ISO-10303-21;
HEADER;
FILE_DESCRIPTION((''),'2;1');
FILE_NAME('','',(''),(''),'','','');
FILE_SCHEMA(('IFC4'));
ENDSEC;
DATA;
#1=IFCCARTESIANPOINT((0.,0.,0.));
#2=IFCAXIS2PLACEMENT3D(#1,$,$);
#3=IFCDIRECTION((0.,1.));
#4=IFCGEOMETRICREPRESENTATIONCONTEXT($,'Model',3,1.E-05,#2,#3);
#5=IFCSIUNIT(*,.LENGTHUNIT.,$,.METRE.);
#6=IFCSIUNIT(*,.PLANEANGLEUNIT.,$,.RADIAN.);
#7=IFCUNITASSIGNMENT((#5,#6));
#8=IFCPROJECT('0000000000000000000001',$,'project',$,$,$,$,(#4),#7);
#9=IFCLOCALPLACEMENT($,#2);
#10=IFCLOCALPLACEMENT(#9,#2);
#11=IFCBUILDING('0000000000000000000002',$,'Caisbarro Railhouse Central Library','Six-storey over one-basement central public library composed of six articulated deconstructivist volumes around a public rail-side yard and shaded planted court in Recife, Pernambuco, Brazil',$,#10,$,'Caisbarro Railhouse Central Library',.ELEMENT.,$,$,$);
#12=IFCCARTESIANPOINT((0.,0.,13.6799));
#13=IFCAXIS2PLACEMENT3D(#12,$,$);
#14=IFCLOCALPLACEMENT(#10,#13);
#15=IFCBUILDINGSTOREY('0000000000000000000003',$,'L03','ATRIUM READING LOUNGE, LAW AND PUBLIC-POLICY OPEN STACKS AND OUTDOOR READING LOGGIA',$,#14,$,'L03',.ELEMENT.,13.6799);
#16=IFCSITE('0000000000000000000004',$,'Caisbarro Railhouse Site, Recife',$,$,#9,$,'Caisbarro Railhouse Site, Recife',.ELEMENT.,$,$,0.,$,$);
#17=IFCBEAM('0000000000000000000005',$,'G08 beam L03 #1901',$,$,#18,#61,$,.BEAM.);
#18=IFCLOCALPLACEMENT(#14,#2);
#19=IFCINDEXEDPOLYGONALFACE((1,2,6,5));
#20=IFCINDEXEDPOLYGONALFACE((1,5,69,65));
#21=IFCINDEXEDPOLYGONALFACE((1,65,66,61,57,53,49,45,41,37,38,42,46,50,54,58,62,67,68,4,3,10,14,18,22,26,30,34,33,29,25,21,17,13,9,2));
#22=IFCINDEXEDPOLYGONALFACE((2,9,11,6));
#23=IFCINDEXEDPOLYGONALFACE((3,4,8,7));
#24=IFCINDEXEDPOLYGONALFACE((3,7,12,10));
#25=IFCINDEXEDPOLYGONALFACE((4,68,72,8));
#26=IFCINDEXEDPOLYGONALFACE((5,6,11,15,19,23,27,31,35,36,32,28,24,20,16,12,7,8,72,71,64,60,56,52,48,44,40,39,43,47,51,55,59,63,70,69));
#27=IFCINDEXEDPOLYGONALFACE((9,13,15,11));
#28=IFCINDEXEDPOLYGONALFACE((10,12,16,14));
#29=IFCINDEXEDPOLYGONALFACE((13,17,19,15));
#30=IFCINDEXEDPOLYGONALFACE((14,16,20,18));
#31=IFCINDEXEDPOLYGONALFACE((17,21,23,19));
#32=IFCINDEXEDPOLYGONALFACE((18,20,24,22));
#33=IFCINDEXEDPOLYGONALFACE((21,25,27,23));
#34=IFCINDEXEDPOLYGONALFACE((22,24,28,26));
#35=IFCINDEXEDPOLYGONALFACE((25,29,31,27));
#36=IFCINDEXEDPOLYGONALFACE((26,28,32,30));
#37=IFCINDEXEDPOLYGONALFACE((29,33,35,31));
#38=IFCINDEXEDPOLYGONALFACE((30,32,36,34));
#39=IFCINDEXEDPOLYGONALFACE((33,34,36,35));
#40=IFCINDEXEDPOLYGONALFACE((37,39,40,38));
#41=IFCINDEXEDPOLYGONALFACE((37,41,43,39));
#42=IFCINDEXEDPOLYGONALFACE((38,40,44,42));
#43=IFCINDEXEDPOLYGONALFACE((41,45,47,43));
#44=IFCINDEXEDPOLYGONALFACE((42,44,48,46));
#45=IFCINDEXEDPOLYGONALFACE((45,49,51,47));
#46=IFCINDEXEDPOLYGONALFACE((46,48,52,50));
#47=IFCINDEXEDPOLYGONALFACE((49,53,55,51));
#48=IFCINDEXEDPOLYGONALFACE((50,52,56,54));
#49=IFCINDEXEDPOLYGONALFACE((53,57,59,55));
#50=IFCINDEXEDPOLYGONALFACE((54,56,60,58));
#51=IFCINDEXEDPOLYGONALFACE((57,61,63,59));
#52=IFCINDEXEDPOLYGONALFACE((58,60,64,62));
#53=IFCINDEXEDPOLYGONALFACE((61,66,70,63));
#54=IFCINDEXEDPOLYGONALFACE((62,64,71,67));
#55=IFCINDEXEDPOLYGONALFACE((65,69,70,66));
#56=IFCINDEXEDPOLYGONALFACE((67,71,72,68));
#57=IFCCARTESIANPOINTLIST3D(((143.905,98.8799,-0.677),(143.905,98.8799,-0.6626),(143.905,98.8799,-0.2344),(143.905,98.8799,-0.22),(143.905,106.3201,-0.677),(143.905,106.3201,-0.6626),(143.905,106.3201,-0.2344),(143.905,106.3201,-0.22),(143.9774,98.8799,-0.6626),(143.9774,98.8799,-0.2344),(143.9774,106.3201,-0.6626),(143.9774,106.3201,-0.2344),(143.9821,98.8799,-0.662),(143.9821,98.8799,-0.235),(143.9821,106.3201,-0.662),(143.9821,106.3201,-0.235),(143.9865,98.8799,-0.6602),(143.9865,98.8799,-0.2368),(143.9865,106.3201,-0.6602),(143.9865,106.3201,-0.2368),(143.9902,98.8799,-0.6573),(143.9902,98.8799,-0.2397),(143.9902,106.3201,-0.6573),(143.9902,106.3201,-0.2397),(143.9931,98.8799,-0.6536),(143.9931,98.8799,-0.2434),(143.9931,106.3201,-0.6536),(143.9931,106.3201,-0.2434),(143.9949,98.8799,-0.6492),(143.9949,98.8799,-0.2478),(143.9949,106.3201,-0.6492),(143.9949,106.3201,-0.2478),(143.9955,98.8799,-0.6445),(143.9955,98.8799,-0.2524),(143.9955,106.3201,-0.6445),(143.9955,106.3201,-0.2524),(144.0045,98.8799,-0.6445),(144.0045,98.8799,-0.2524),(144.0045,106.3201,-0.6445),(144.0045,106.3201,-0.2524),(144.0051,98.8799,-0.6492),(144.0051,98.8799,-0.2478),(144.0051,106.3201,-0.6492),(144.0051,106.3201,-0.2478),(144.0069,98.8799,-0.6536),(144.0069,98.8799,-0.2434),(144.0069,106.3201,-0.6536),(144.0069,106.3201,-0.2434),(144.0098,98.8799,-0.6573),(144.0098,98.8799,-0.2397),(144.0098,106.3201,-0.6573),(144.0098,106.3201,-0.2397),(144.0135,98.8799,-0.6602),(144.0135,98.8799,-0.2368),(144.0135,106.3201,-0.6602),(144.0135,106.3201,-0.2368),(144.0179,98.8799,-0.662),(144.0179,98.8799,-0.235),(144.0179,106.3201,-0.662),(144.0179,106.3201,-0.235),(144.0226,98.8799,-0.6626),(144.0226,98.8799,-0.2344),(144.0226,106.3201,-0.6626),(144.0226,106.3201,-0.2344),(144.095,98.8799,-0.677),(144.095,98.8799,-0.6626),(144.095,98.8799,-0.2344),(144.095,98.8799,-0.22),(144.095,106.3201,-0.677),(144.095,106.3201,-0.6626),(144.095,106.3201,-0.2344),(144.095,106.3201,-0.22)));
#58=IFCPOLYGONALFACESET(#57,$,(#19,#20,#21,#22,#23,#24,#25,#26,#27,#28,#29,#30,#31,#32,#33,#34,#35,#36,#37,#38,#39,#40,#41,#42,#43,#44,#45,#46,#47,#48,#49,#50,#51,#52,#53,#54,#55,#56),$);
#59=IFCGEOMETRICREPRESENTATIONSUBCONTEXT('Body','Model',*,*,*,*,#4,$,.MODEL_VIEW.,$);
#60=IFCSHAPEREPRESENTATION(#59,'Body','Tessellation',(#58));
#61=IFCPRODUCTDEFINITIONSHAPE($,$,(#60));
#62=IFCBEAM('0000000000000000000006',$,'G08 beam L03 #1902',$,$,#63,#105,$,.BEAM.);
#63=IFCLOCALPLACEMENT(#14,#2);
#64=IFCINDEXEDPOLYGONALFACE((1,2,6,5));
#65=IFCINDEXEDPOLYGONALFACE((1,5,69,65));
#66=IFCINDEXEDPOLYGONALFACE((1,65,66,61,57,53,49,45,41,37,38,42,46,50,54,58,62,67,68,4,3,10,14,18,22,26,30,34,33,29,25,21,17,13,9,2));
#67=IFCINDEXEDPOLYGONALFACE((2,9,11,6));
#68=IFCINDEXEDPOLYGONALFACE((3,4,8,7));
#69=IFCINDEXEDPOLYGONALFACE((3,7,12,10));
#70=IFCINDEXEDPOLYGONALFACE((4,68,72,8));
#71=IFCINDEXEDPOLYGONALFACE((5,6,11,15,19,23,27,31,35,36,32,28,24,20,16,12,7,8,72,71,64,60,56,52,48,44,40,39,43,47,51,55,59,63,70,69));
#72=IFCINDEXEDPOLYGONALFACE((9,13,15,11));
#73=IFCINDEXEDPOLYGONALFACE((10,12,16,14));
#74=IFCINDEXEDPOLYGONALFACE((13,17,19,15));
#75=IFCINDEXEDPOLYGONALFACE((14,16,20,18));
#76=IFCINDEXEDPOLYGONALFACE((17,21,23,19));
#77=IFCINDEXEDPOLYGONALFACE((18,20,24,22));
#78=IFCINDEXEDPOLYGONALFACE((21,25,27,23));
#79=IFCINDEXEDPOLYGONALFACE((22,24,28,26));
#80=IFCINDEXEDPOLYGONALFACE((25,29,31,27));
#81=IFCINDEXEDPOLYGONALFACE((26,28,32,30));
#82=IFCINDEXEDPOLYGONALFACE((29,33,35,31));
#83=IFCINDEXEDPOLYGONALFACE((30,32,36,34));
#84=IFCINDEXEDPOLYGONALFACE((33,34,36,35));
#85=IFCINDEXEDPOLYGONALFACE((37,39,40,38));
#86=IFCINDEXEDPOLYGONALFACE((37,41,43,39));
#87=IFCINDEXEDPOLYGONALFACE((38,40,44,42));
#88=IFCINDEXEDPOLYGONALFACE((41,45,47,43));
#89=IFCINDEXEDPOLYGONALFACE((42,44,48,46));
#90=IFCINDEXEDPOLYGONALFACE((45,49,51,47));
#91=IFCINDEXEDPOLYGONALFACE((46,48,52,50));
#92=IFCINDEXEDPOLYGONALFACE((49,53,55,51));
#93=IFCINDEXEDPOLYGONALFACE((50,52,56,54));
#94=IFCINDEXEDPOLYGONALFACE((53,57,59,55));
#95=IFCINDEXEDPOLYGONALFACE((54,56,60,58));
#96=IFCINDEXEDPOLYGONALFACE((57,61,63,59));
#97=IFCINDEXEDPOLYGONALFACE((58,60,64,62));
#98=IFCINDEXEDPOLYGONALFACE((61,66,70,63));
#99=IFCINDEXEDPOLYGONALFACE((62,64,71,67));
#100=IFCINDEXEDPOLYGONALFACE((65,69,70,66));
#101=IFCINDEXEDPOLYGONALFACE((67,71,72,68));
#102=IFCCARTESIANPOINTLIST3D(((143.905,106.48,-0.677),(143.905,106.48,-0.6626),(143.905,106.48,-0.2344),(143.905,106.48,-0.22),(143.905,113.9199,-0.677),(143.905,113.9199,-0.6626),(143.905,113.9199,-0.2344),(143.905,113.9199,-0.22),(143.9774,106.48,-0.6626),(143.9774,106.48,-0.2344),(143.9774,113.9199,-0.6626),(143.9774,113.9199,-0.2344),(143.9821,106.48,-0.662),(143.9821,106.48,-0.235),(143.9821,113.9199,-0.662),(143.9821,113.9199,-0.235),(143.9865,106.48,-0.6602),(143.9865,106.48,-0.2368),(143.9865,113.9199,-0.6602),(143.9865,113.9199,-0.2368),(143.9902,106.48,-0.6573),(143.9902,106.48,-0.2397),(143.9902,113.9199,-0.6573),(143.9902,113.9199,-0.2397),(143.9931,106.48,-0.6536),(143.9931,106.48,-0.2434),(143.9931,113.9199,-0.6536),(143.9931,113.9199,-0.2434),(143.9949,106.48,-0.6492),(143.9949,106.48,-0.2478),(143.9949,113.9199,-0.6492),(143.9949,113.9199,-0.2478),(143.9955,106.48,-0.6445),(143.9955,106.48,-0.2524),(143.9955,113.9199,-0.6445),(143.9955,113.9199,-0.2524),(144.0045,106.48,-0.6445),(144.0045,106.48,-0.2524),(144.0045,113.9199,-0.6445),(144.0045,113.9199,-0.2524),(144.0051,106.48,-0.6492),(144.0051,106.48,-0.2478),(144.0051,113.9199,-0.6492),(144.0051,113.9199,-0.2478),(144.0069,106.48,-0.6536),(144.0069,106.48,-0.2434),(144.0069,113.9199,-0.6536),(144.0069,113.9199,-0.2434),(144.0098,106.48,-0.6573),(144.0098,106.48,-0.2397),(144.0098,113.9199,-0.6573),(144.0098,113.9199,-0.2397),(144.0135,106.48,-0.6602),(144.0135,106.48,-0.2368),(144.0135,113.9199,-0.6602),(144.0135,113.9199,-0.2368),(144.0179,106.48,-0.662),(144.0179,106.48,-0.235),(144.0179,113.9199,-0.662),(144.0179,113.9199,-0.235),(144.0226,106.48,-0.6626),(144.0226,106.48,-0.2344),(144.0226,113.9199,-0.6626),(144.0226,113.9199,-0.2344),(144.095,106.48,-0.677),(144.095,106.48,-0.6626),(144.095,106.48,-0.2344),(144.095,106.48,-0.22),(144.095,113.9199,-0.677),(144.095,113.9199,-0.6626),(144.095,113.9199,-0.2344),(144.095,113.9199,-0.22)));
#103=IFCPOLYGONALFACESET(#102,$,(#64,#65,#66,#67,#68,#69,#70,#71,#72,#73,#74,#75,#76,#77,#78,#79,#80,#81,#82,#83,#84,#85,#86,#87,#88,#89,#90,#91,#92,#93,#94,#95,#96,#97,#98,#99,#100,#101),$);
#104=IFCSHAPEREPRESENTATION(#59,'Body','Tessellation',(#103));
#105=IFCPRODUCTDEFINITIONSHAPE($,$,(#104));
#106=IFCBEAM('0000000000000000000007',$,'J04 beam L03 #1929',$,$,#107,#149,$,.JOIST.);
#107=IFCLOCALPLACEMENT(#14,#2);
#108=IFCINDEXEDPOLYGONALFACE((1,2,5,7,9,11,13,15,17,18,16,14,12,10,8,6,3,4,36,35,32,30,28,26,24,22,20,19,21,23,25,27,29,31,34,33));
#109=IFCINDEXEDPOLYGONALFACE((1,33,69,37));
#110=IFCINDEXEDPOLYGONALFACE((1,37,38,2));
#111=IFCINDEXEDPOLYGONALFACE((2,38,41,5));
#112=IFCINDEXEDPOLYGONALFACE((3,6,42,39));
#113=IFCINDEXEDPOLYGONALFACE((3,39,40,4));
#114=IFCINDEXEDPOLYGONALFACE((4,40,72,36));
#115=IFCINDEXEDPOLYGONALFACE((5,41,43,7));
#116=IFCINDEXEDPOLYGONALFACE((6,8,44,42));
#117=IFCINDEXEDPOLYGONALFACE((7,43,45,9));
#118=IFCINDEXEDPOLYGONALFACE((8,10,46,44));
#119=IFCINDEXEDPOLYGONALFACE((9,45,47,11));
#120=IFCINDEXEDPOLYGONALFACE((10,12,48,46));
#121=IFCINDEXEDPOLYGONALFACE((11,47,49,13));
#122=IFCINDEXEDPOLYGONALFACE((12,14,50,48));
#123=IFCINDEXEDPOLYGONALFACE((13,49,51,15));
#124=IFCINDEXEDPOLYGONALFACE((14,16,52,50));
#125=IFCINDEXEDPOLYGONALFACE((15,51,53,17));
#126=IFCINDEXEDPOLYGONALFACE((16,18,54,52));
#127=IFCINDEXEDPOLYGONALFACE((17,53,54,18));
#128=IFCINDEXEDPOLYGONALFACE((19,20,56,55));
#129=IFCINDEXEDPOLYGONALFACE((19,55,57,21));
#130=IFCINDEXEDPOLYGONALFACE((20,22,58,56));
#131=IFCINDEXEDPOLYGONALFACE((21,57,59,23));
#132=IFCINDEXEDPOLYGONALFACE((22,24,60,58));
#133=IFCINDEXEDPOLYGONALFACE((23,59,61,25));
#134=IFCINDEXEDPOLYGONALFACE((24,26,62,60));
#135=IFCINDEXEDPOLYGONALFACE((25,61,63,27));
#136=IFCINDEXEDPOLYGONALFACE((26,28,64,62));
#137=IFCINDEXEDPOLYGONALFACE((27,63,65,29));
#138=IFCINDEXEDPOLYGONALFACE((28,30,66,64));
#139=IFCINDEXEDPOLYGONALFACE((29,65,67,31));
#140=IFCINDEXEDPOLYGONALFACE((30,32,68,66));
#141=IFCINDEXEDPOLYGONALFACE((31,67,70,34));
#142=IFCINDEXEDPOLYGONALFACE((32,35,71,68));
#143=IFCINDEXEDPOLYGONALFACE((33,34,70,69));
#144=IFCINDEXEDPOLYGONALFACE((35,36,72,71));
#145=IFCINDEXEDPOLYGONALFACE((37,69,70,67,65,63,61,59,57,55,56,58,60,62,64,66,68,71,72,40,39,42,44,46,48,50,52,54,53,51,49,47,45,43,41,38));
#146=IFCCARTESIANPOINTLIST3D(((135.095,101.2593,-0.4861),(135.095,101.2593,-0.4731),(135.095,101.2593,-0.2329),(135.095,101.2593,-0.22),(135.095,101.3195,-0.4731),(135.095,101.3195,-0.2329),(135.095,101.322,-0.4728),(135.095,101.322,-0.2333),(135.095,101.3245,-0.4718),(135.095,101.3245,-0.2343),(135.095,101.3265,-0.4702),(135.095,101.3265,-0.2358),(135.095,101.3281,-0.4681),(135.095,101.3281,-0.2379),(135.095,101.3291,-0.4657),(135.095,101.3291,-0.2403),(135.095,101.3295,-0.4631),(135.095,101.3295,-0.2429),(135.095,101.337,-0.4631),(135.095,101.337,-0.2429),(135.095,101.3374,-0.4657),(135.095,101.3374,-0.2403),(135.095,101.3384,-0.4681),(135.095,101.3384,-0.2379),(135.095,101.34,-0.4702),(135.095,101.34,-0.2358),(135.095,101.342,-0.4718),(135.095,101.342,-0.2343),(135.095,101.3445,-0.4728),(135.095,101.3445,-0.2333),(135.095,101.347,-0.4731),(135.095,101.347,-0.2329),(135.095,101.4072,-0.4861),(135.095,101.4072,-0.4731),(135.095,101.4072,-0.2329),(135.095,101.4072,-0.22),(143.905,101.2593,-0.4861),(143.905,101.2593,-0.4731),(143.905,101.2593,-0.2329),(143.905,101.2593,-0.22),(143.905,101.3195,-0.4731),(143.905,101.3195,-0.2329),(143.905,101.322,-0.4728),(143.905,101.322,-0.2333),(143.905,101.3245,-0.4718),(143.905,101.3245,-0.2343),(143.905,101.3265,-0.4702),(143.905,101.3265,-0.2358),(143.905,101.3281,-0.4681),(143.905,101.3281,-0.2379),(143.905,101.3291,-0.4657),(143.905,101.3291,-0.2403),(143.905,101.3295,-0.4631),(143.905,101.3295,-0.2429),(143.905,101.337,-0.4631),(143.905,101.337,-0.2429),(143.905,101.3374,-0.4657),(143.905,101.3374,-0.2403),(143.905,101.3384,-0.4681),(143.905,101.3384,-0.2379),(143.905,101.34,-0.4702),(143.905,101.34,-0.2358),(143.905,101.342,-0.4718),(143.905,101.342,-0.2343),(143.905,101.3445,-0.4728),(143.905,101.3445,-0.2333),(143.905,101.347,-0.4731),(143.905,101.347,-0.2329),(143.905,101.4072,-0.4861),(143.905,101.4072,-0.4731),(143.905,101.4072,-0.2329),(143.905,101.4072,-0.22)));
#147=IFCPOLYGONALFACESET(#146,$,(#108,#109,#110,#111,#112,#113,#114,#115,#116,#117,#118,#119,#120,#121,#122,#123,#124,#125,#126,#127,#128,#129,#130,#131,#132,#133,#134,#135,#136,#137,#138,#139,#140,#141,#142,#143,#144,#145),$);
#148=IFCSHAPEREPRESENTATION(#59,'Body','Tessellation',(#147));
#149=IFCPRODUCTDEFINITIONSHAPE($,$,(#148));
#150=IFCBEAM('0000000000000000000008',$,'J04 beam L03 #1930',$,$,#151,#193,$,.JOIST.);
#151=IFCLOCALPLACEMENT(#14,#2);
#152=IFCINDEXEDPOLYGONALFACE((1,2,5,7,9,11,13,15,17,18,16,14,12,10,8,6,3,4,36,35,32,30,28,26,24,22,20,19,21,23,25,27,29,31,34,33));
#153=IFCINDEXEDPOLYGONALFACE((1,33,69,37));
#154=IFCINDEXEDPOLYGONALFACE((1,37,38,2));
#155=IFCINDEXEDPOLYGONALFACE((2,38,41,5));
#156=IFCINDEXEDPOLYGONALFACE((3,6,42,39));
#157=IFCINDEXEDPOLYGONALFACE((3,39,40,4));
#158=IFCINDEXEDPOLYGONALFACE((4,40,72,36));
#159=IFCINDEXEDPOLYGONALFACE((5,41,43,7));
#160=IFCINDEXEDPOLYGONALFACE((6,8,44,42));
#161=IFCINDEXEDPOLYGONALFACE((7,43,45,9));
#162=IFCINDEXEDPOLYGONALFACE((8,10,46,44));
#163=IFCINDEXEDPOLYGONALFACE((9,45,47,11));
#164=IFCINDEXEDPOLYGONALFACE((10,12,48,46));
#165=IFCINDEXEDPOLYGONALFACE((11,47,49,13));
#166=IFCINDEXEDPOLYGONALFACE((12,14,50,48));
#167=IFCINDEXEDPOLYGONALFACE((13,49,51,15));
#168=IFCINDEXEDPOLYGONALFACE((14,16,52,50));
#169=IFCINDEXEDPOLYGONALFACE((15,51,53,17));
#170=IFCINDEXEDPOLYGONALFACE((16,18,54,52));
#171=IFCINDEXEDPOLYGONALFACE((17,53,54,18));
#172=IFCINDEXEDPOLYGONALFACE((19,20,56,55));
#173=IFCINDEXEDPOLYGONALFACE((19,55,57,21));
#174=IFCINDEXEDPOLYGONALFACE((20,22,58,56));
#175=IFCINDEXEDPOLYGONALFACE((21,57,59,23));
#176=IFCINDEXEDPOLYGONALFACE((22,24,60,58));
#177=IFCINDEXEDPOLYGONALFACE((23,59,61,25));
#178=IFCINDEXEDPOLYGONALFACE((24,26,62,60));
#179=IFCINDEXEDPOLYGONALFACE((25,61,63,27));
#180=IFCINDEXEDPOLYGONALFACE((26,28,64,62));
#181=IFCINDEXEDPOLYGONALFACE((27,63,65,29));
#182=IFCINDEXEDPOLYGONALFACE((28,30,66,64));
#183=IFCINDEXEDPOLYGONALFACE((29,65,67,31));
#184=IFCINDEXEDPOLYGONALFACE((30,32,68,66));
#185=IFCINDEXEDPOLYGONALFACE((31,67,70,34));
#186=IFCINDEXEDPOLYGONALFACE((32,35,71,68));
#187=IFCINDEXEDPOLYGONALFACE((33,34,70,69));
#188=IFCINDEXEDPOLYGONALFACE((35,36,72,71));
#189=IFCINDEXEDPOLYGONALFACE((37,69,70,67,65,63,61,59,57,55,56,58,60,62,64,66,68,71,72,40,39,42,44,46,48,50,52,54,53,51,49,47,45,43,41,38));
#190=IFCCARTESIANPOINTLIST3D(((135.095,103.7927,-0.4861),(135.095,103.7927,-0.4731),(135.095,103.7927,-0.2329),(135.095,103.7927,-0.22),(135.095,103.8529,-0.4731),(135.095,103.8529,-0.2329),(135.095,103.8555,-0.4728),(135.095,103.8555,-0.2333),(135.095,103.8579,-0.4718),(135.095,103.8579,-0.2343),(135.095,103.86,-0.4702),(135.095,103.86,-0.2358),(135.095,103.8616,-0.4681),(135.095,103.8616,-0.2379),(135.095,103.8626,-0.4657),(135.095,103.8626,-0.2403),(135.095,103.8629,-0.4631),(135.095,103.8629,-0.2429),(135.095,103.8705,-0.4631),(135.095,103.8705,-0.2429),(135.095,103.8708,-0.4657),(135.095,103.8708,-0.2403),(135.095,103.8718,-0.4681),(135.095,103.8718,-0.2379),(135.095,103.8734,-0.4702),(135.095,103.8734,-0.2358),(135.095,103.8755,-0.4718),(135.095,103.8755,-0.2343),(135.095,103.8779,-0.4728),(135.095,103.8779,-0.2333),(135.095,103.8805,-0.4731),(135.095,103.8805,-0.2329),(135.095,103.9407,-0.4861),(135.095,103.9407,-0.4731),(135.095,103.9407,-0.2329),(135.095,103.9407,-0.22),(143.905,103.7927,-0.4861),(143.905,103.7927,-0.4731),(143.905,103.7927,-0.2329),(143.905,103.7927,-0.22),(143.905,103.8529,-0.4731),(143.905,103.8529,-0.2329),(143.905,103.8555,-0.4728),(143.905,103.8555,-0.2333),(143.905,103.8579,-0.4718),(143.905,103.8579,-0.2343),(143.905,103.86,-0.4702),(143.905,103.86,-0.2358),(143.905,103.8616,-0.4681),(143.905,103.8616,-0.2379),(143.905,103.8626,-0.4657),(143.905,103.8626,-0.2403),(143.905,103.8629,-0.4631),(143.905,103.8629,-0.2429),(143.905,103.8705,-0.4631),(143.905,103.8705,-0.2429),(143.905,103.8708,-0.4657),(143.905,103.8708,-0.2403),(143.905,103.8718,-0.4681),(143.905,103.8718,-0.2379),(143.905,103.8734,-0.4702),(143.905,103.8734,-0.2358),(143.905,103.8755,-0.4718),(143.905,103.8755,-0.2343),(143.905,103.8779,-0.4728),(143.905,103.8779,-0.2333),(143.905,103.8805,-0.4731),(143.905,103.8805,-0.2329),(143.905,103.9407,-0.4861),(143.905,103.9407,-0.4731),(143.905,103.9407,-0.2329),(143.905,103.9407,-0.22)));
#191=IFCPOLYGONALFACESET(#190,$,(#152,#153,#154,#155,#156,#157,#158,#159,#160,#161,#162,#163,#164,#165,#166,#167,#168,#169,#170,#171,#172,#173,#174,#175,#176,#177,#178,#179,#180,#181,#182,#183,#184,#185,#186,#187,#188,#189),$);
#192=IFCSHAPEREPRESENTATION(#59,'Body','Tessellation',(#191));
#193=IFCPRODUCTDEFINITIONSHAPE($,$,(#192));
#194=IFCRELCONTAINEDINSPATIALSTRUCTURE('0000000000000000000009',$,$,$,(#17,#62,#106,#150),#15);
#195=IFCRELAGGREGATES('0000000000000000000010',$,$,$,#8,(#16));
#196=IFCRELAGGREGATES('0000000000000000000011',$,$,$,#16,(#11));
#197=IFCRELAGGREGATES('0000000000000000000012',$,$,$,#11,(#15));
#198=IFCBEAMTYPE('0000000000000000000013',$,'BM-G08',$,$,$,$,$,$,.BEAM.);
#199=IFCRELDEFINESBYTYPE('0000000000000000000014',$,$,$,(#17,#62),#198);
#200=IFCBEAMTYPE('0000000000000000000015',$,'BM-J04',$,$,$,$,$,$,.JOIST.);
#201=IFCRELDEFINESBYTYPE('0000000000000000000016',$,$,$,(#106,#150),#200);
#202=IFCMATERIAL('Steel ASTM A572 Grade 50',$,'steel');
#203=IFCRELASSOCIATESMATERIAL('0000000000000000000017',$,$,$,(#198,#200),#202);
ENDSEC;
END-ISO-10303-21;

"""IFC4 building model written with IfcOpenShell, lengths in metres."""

from ifc_helpers import new_model, si_unit, direction, frame, origin, origin_2d, place, context, subcontext, project, spatial, i_section, extrude, material, material_profile, profile_set, type_object, element, save


model = new_model("IFC4")

# Units and contexts
model_context = context("Model", 3, precision=1e-05, world=origin(), true_north=direction((0.0, 1.0)))
body_context = subcontext(model_context, "Body", "Model", "MODEL_VIEW")
ifc_project = project(units=[si_unit("LENGTHUNIT", "METRE"), si_unit("PLANEANGLEUNIT", "RADIAN")], contexts=[model_context])

# Site, building, storey
site_placement = place(None, origin())
site = spatial("IfcSite", under=ifc_project, at=site_placement, Name="Caisbarro Railhouse Site, Recife", LongName="Caisbarro Railhouse Site, Recife", CompositionType="ELEMENT", RefElevation=0.0)
building_placement = place(site_placement, origin())
building = spatial("IfcBuilding", under=site, at=building_placement, Name="Caisbarro Railhouse Central Library", Description="Six-storey over one-basement central public library composed of six articulated deconstructivist volumes around a public rail-side yard and shaded planted court in Recife, Pernambuco, Brazil", LongName="Caisbarro Railhouse Central Library", CompositionType="ELEMENT")
storey_placement = place(building_placement, frame((0.0, 0.0, 13.6799)))
storey = spatial("IfcBuildingStorey", under=building, at=storey_placement, Name="L03", Description="ATRIUM READING LOUNGE, LAW AND PUBLIC-POLICY OPEN STACKS AND OUTDOOR READING LOGGIA", LongName="L03", CompositionType="ELEMENT", Elevation=13.6799)

# Shared definitions
ifc_material_1 = material(Name="Steel ASTM A572 Grade 50", Category="steel")

# Beams
ifc_material_profile_1 = material_profile(ifc_material_1, i_section(OverallWidth=0.1899, OverallDepth=0.457, WebThickness=0.009, FlangeThickness=0.0144, FilletRadius=0.0181, at=origin_2d()), Name="W460X74.0")
ifc_profile_set_1 = profile_set([ifc_material_profile_1], Name="Steel ASTM A572 Grade 50")
beam_type_1 = type_object("IfcBeamType", Name="BM-G08", PredefinedType="BEAM", material=ifc_profile_set_1)
beam_1_placement = place(storey_placement, frame((144.0, 98.8799, -0.4485), z_axis=(0.0, 1.0, 0.0), x_axis=(-1.0, 0.0, 0.0)))
element("IfcBeam", 1, at=beam_1_placement, inside=storey, type_object=beam_type_1, Name="G08 beam L03 #1901", PredefinedType="BEAM", context=body_context, shape_type="SweptSolid", body=[
    extrude(i_section(OverallWidth=0.1899, OverallDepth=0.457, WebThickness=0.009, FlangeThickness=0.0144, FilletRadius=0.0181, at=origin_2d()), origin(), (0.0, 0.0, 1.0), 7.4402),
])
beam_2_placement = place(storey_placement, frame((144.0, 106.48, -0.4485), z_axis=(0.0, 1.0, 0.0), x_axis=(-1.0, 0.0, 0.0)))
element("IfcBeam", 2, at=beam_2_placement, inside=storey, type_object=beam_type_1, Name="G08 beam L03 #1902", PredefinedType="BEAM", context=body_context, shape_type="SweptSolid", body=[
    extrude(i_section(OverallWidth=0.1899, OverallDepth=0.457, WebThickness=0.009, FlangeThickness=0.0144, FilletRadius=0.0181, at=origin_2d()), origin(), (0.0, 0.0, 1.0), 7.4399),
])
ifc_material_profile_2 = material_profile(ifc_material_1, i_section(OverallWidth=0.1479, OverallDepth=0.2661, WebThickness=0.0076, FlangeThickness=0.0129, FilletRadius=0.01, at=origin_2d()), Name="W250X44.8")
ifc_profile_set_2 = profile_set([ifc_material_profile_2], Name="Steel ASTM A572 Grade 50")
beam_type_2 = type_object("IfcBeamType", Name="BM-J04", PredefinedType="JOIST", material=ifc_profile_set_2)
for number, where, z_axis, x_axis, name in (
    (3, (135.095, 101.3333, -0.353), (1.0, 0.0, 0.0), (0.0, 1.0, 0.0), "J04 beam L03 #1929"),
    (4, (135.095, 103.8667, -0.353), (1.0, 0.0, 0.0), (0.0, 1.0, 0.0), "J04 beam L03 #1930"),
):
    element("IfcBeam", number, at=place(storey_placement, frame(where, z_axis=z_axis, x_axis=x_axis)), inside=storey, type_object=beam_type_2, Name=name, PredefinedType="JOIST", context=body_context, shape_type="SweptSolid", body=[
        extrude(i_section(OverallWidth=0.1479, OverallDepth=0.2661, WebThickness=0.0076, FlangeThickness=0.0129, FilletRadius=0.01, at=origin_2d()), origin(), (0.0, 0.0, 1.0), 8.8101),
    ])

save(model, "model.ifc")
